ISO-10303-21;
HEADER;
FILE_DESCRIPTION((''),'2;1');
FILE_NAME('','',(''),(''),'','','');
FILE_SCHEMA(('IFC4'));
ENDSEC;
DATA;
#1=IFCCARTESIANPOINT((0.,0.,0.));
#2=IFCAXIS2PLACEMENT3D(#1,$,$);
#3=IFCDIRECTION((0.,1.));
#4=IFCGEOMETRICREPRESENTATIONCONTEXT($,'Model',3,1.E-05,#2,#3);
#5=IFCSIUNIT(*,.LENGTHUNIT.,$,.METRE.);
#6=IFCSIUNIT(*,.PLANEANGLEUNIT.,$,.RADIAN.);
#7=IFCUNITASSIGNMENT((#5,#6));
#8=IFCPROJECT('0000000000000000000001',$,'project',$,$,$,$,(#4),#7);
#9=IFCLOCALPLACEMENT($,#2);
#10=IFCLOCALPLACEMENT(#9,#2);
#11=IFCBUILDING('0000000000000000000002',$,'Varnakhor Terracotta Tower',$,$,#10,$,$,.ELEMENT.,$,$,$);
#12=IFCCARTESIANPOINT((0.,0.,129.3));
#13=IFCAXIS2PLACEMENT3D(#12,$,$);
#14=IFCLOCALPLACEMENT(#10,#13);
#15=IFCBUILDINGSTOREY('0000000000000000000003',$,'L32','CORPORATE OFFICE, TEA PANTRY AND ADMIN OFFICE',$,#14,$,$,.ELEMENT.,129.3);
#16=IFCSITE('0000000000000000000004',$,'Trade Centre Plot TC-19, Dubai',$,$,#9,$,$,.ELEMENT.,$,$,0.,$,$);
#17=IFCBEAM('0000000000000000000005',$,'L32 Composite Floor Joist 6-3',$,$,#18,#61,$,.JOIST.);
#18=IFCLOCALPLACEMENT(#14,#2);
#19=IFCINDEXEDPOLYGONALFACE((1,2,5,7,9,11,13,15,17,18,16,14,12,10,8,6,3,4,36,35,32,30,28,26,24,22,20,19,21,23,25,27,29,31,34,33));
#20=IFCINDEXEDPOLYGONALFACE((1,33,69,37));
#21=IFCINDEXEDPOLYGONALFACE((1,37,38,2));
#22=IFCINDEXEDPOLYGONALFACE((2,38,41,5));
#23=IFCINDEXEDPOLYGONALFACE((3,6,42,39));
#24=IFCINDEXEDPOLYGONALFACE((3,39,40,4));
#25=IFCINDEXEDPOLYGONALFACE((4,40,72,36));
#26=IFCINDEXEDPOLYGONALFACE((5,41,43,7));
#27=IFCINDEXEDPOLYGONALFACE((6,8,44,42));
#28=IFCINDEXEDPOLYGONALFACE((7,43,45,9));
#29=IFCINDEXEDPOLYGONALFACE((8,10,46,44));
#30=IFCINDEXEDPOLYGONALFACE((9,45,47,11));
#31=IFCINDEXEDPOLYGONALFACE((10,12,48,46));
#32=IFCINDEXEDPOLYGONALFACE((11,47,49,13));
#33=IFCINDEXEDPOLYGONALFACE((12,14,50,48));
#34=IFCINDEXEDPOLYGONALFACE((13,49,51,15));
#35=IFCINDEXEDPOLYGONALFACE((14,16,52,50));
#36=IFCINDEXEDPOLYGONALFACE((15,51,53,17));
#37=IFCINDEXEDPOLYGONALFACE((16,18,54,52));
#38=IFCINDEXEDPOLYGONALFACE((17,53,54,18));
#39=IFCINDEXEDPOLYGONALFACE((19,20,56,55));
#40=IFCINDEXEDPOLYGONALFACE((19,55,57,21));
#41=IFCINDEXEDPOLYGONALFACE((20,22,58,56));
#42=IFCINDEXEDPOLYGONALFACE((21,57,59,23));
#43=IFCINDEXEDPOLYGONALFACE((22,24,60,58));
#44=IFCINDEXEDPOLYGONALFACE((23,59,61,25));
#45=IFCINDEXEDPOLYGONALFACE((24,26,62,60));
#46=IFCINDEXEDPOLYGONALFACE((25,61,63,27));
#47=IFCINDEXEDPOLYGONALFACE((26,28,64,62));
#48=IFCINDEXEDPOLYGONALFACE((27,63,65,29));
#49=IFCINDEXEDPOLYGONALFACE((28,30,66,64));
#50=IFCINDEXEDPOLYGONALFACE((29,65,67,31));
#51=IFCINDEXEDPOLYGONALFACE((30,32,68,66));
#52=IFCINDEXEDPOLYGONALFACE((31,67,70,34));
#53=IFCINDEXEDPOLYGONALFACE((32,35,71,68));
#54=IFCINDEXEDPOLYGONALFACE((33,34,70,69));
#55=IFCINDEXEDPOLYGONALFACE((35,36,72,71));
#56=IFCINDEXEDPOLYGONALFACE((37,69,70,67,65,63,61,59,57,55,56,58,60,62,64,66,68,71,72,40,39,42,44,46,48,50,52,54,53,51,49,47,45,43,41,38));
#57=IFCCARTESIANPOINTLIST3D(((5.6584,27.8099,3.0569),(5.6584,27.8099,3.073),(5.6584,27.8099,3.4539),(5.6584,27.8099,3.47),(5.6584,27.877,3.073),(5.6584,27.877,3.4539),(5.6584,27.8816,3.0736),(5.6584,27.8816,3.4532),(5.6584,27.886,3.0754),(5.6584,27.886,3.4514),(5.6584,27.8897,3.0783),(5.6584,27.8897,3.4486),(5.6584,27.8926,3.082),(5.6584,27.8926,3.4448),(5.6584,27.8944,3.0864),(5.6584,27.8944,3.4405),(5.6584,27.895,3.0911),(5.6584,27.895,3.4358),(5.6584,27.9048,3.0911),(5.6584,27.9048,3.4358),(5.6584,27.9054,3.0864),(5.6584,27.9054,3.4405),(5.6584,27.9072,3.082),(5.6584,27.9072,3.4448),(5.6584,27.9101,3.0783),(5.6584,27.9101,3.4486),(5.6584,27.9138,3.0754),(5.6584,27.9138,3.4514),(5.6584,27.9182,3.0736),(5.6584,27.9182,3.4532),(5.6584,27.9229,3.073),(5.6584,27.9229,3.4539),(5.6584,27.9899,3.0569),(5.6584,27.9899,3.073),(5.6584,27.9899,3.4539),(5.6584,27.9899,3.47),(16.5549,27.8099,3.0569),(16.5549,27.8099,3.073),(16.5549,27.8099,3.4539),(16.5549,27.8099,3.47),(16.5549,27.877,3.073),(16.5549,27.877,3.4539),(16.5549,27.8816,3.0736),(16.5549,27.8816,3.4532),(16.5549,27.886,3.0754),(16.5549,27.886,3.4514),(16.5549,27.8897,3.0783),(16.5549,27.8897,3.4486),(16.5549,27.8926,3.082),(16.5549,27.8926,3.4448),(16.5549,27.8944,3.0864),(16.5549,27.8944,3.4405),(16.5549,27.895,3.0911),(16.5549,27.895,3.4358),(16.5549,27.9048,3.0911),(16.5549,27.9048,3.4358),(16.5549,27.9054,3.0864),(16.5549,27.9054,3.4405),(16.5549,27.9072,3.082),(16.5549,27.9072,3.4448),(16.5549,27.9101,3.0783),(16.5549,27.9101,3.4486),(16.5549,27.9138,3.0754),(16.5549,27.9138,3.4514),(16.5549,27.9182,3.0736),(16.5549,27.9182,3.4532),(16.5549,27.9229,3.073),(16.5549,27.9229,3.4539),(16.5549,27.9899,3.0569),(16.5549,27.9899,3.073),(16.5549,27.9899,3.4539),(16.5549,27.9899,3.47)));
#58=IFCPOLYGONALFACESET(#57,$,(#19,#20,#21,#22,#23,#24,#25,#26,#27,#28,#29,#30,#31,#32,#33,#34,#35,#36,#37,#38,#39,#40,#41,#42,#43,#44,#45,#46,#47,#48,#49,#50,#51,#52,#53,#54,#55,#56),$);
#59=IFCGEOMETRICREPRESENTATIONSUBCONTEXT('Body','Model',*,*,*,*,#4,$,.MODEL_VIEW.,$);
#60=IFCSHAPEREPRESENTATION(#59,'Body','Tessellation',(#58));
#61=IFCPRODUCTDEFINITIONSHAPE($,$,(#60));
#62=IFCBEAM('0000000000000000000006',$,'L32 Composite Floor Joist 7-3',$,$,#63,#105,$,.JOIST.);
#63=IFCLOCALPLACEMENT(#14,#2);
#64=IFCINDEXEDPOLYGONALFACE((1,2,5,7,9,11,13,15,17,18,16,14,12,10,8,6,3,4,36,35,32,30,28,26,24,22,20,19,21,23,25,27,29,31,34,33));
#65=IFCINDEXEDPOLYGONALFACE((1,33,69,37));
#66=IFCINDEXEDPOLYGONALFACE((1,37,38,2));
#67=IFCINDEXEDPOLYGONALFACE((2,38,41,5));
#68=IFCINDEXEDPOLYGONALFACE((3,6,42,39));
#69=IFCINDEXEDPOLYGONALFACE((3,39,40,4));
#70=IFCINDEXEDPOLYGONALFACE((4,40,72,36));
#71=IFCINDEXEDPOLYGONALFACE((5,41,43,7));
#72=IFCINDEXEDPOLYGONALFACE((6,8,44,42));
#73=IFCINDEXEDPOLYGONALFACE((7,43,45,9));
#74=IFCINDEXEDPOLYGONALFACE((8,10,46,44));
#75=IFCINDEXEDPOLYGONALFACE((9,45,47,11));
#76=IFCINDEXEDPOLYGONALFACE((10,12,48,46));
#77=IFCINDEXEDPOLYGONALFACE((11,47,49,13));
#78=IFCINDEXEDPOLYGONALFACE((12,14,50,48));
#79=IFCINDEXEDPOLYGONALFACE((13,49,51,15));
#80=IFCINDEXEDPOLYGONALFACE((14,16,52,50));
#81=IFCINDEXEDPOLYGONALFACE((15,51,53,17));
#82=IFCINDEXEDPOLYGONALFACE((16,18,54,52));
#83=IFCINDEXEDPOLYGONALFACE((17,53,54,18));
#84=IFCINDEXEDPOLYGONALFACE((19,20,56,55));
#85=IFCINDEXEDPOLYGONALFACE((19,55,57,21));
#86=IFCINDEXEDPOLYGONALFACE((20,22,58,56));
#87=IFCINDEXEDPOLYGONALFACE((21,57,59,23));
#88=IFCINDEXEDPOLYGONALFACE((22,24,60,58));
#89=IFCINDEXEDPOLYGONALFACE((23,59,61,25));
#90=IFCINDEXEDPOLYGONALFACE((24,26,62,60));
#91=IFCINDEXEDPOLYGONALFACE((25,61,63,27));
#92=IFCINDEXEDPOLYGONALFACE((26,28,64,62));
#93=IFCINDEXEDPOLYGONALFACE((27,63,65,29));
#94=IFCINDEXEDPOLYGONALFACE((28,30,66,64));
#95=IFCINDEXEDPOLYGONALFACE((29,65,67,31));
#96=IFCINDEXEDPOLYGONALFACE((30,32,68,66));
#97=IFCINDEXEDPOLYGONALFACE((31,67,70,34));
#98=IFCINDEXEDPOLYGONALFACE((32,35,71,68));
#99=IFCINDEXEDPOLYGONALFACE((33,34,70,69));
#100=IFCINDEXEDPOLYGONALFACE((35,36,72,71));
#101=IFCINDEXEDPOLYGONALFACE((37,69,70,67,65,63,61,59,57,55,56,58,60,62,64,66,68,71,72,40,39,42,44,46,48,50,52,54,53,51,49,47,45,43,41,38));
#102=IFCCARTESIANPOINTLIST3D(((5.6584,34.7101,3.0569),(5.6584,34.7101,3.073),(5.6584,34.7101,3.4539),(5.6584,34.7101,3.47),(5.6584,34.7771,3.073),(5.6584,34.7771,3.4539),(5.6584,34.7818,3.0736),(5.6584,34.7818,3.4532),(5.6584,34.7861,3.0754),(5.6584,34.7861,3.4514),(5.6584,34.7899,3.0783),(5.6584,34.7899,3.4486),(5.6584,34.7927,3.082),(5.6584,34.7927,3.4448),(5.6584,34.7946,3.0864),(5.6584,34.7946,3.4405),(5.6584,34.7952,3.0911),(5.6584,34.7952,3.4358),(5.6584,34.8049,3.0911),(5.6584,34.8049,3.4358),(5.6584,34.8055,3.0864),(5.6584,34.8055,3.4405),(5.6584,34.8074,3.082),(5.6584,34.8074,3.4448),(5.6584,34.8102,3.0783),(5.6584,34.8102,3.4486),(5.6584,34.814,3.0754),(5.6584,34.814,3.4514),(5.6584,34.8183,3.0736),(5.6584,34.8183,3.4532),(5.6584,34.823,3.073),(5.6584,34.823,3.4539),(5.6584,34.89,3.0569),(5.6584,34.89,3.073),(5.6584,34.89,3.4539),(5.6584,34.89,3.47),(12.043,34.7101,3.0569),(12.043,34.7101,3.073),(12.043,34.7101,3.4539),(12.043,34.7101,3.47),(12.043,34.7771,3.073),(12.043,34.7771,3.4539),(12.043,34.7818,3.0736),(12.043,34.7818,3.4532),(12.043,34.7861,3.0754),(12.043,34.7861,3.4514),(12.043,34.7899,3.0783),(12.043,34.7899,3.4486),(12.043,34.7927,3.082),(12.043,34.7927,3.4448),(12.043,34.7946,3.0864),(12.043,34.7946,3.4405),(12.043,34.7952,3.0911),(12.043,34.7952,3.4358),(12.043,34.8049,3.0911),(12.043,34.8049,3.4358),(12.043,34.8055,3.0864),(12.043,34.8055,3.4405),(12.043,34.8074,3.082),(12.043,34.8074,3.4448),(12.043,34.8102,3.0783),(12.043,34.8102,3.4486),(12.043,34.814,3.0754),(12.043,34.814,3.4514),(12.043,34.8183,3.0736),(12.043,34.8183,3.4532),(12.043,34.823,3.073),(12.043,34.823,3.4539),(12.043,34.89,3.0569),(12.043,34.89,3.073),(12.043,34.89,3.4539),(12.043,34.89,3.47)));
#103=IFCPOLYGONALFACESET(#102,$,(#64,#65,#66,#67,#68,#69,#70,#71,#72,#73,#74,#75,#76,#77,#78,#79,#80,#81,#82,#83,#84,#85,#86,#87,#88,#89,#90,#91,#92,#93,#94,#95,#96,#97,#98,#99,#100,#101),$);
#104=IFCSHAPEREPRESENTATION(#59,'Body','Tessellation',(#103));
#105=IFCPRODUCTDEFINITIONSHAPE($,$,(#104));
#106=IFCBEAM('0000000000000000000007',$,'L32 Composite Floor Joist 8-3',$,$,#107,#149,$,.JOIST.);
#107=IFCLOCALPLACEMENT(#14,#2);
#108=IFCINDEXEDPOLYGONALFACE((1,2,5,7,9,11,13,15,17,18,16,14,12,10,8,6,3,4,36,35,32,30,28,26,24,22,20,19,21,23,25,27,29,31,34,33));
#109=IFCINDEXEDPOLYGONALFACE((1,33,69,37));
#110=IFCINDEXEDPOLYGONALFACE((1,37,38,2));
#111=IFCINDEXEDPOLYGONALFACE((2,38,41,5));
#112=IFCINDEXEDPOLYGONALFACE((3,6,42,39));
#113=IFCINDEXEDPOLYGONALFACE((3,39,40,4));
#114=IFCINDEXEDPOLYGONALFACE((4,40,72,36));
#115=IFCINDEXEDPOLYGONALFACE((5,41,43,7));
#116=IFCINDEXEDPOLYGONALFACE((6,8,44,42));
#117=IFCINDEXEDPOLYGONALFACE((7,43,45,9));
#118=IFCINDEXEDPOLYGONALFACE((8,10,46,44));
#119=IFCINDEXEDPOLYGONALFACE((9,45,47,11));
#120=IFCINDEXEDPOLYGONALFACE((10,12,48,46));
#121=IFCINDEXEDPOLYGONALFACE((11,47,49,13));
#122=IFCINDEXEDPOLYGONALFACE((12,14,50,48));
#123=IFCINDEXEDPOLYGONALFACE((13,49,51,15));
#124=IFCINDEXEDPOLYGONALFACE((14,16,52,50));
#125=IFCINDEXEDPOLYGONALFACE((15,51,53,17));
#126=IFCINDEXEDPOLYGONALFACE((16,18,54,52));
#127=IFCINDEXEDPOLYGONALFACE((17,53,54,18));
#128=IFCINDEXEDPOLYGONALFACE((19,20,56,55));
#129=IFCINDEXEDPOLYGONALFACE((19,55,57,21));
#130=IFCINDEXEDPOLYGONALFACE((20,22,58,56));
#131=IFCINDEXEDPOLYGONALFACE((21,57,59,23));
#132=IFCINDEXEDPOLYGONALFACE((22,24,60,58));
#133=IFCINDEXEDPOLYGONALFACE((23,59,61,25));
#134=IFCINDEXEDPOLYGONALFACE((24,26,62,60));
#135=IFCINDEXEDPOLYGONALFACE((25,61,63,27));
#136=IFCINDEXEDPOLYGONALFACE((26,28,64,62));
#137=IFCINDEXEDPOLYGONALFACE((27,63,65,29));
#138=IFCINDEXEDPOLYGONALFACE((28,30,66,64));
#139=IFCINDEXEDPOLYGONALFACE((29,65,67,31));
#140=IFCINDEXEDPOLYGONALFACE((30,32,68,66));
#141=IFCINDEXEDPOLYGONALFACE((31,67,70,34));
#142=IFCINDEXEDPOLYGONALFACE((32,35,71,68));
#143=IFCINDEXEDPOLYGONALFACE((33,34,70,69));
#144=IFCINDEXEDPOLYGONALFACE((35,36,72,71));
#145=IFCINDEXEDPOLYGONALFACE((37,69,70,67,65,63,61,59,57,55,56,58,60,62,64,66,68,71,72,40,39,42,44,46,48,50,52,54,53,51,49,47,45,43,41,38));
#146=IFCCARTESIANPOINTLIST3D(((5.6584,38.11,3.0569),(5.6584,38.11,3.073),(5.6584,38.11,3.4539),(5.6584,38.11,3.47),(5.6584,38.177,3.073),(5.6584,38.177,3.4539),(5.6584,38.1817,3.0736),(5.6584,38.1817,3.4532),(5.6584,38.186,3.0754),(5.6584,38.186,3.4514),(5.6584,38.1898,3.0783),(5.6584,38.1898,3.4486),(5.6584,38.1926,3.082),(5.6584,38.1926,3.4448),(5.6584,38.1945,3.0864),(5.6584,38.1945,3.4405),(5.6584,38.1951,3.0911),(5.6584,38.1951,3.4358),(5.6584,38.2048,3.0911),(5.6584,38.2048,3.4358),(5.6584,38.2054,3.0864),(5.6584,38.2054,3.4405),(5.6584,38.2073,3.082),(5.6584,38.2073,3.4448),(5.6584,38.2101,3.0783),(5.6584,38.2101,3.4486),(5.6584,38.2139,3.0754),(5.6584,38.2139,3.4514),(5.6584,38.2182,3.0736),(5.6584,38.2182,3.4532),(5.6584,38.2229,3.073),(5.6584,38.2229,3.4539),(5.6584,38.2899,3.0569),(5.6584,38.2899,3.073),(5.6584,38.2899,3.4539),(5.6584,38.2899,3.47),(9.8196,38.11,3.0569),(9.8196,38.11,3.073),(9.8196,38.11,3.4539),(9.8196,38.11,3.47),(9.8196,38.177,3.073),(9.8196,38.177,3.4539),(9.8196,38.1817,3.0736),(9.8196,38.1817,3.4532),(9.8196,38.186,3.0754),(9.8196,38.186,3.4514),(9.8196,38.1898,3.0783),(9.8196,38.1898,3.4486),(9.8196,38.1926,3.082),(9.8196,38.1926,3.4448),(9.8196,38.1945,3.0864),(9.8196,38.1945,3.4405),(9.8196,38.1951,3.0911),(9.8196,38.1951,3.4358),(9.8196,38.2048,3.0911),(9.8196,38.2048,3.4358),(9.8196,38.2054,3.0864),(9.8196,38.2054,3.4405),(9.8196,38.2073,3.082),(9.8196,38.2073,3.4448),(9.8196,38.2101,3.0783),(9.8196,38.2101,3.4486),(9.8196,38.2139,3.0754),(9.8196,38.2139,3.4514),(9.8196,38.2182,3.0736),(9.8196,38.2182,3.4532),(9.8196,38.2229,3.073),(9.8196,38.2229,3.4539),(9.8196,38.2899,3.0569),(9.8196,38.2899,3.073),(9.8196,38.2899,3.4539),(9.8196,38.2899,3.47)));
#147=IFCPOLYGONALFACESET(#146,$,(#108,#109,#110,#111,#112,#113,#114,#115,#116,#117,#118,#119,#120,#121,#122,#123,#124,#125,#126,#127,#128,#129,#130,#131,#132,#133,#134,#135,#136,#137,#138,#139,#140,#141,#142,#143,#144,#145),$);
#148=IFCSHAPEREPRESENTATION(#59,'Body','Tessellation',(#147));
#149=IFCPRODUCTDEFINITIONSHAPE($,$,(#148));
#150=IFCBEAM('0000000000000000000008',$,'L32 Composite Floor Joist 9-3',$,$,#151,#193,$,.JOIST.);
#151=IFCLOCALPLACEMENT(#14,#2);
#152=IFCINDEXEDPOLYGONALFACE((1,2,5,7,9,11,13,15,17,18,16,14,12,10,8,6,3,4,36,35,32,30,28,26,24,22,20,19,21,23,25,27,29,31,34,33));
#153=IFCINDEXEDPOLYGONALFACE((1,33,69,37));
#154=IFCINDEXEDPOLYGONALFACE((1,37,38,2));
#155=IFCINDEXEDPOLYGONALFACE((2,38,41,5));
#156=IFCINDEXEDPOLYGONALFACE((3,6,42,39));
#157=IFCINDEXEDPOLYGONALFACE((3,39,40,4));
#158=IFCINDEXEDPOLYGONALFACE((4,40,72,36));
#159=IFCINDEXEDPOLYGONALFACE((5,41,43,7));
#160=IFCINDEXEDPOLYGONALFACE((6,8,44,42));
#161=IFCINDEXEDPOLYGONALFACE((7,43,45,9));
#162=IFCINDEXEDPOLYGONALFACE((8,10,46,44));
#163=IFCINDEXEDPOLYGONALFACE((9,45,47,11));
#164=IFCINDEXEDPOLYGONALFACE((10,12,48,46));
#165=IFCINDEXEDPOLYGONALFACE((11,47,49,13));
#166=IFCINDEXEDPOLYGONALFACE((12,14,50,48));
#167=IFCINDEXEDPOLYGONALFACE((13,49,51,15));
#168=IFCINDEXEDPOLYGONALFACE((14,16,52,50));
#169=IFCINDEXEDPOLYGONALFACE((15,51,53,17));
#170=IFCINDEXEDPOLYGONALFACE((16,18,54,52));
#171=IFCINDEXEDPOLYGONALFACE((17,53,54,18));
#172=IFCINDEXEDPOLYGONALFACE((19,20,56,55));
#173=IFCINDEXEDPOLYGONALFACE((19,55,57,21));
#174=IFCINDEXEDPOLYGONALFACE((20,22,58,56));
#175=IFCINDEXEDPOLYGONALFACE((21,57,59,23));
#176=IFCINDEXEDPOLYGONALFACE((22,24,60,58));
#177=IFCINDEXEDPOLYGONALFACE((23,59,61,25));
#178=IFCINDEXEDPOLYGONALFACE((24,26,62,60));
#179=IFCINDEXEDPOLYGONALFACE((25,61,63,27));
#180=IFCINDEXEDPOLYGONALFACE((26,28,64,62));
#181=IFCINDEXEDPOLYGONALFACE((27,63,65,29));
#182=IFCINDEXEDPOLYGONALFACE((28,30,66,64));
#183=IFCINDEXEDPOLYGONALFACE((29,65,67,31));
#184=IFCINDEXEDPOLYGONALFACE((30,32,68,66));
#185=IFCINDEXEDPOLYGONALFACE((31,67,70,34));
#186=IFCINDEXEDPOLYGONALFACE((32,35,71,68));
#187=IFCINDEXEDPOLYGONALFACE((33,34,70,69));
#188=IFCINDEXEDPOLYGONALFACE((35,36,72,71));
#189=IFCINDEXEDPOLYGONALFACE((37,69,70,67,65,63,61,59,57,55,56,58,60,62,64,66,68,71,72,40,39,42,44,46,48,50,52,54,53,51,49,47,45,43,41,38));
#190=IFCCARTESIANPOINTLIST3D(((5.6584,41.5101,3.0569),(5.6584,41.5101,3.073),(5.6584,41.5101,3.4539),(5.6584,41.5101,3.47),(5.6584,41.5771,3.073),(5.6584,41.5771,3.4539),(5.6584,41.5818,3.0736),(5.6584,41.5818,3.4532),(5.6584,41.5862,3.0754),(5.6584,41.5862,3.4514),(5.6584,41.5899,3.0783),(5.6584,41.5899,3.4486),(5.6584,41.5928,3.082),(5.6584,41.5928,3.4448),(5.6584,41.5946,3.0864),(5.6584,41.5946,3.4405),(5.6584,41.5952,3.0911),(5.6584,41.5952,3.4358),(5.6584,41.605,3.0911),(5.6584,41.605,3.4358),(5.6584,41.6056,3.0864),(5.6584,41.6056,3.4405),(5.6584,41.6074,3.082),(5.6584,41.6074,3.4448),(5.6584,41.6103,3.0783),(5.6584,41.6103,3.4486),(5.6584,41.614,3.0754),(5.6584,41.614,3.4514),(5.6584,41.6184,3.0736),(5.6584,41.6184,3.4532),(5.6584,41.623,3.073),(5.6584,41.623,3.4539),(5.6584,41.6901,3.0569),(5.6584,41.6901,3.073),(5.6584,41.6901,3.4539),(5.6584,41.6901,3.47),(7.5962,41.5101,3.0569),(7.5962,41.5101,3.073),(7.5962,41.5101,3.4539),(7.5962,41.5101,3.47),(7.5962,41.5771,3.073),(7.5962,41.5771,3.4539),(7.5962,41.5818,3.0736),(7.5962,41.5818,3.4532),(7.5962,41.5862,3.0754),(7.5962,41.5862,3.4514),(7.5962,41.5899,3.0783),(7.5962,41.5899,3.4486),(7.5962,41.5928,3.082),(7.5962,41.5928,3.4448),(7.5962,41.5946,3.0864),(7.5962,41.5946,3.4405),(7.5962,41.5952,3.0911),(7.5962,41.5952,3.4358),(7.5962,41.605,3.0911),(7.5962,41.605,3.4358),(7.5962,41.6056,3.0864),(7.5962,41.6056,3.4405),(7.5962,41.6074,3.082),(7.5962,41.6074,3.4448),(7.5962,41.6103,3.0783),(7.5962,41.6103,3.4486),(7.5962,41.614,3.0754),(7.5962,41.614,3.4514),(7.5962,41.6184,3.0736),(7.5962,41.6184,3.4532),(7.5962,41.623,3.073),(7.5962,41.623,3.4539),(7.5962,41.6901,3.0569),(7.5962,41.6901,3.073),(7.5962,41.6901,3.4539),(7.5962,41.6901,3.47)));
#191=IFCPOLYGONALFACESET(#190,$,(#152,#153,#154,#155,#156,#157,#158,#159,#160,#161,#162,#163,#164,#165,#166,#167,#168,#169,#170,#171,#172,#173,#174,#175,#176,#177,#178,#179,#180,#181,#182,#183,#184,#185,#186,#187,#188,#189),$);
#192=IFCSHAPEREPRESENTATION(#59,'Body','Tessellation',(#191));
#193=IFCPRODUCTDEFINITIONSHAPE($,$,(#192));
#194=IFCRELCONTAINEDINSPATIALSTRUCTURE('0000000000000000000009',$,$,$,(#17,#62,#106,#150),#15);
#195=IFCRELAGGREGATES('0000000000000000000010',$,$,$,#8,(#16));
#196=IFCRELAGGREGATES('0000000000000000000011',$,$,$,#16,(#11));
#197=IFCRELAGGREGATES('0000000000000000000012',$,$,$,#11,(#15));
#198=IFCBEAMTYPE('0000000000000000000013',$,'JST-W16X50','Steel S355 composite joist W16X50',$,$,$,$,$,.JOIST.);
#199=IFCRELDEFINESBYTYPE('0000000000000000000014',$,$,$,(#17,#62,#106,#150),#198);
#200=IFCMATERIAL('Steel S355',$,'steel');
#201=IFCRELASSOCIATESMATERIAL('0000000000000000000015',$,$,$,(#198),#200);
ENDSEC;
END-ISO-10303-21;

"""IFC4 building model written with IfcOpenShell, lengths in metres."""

from ifc_helpers import new_model, si_unit, direction, frame, origin, origin_2d, place, context, subcontext, project, spatial, i_section, extrude, source, transform, mapped, material, material_profile, profile_set, type_object, element, save


model = new_model("IFC4")

# Units and contexts
model_context = context("Model", 3, precision=1e-05, world=origin(), true_north=direction((0.0, 1.0)))
body_context = subcontext(model_context, "Body", "Model", "MODEL_VIEW")
ifc_project = project(units=[si_unit("LENGTHUNIT", "METRE"), si_unit("PLANEANGLEUNIT", "RADIAN")], contexts=[model_context])

# Site, building, storey
site_placement = place(None, origin())
site = spatial("IfcSite", under=ifc_project, at=site_placement, Name="Trade Centre Plot TC-19, Dubai", CompositionType="ELEMENT", RefElevation=0.0)
building_placement = place(site_placement, origin())
building = spatial("IfcBuilding", under=site, at=building_placement, Name="Varnakhor Terracotta Tower", CompositionType="ELEMENT")
storey_placement = place(building_placement, frame((0.0, 0.0, 129.3)))
storey = spatial("IfcBuildingStorey", under=building, at=storey_placement, Name="L32", Description="CORPORATE OFFICE, TEA PANTRY AND ADMIN OFFICE", CompositionType="ELEMENT", Elevation=129.3)

# Beams
ifc_material_1 = material(Name="Steel S355", Category="steel")
ifc_material_profile_1 = material_profile(ifc_material_1, i_section(OverallWidth=0.1799, OverallDepth=0.4131, WebThickness=0.0098, FlangeThickness=0.0161, FilletRadius=0.0181, at=origin_2d()), Name="W16X50")
ifc_profile_set_1 = profile_set([ifc_material_profile_1], Name="Steel S355")
beam_type_1 = type_object("IfcBeamType", Name="JST-W16X50", Description="Steel S355 composite joist W16X50", PredefinedType="JOIST", material=ifc_profile_set_1)
shared_shape_1 = source(origin(), body_context, "Body", "SweptSolid", [
    extrude(i_section(OverallWidth=0.1799, OverallDepth=0.4131, WebThickness=0.0098, FlangeThickness=0.0161, FilletRadius=0.0181, at=origin_2d()), origin(), (0.0, 0.0, 1.0), 10.8965),
])
beam_1_placement = place(storey_placement, frame((5.6584, 27.8999, 3.2634), z_axis=(1.0, 0.0, 0.0), x_axis=(0.0, 1.0, 0.0)))
element("IfcBeam", 1, at=beam_1_placement, inside=storey, type_object=beam_type_1, Name="L32 Composite Floor Joist 6-3", PredefinedType="JOIST", context=body_context, shape_type="MappedRepresentation", body=[
    mapped(shared_shape_1, transform((0.0, 0.0, 0.0), scale=1.0)),
])
shared_shape_2 = source(origin(), body_context, "Body", "SweptSolid", [
    extrude(i_section(OverallWidth=0.1799, OverallDepth=0.4131, WebThickness=0.0098, FlangeThickness=0.0161, FilletRadius=0.0181, at=origin_2d()), origin(), (0.0, 0.0, 1.0), 6.3845),
])
beam_2_placement = place(storey_placement, frame((5.6584, 34.8, 3.2634), z_axis=(1.0, 0.0, 0.0), x_axis=(0.0, 1.0, 0.0)))
element("IfcBeam", 2, at=beam_2_placement, inside=storey, type_object=beam_type_1, Name="L32 Composite Floor Joist 7-3", PredefinedType="JOIST", context=body_context, shape_type="MappedRepresentation", body=[
    mapped(shared_shape_2, transform((0.0, 0.0, 0.0), scale=1.0)),
])
shared_shape_3 = source(origin(), body_context, "Body", "SweptSolid", [
    extrude(i_section(OverallWidth=0.1799, OverallDepth=0.4131, WebThickness=0.0098, FlangeThickness=0.0161, FilletRadius=0.0181, at=origin_2d()), origin(), (0.0, 0.0, 1.0), 4.1611),
])
beam_3_placement = place(storey_placement, frame((5.6584, 38.2, 3.2634), z_axis=(1.0, 0.0, 0.0), x_axis=(0.0, 1.0, 0.0)))
element("IfcBeam", 3, at=beam_3_placement, inside=storey, type_object=beam_type_1, Name="L32 Composite Floor Joist 8-3", PredefinedType="JOIST", context=body_context, shape_type="MappedRepresentation", body=[
    mapped(shared_shape_3, transform((0.0, 0.0, 0.0), scale=1.0)),
])
shared_shape_4 = source(origin(), body_context, "Body", "SweptSolid", [
    extrude(i_section(OverallWidth=0.1799, OverallDepth=0.4131, WebThickness=0.0098, FlangeThickness=0.0161, FilletRadius=0.0181, at=origin_2d()), origin(), (0.0, 0.0, 1.0), 1.9377),
])
beam_4_placement = place(storey_placement, frame((5.6584, 41.6001, 3.2634), z_axis=(1.0, 0.0, 0.0), x_axis=(0.0, 1.0, 0.0)))
element("IfcBeam", 4, at=beam_4_placement, inside=storey, type_object=beam_type_1, Name="L32 Composite Floor Joist 9-3", PredefinedType="JOIST", context=body_context, shape_type="MappedRepresentation", body=[
    mapped(shared_shape_4, transform((0.0, 0.0, 0.0), scale=1.0)),
])

save(model, "model.ifc")
